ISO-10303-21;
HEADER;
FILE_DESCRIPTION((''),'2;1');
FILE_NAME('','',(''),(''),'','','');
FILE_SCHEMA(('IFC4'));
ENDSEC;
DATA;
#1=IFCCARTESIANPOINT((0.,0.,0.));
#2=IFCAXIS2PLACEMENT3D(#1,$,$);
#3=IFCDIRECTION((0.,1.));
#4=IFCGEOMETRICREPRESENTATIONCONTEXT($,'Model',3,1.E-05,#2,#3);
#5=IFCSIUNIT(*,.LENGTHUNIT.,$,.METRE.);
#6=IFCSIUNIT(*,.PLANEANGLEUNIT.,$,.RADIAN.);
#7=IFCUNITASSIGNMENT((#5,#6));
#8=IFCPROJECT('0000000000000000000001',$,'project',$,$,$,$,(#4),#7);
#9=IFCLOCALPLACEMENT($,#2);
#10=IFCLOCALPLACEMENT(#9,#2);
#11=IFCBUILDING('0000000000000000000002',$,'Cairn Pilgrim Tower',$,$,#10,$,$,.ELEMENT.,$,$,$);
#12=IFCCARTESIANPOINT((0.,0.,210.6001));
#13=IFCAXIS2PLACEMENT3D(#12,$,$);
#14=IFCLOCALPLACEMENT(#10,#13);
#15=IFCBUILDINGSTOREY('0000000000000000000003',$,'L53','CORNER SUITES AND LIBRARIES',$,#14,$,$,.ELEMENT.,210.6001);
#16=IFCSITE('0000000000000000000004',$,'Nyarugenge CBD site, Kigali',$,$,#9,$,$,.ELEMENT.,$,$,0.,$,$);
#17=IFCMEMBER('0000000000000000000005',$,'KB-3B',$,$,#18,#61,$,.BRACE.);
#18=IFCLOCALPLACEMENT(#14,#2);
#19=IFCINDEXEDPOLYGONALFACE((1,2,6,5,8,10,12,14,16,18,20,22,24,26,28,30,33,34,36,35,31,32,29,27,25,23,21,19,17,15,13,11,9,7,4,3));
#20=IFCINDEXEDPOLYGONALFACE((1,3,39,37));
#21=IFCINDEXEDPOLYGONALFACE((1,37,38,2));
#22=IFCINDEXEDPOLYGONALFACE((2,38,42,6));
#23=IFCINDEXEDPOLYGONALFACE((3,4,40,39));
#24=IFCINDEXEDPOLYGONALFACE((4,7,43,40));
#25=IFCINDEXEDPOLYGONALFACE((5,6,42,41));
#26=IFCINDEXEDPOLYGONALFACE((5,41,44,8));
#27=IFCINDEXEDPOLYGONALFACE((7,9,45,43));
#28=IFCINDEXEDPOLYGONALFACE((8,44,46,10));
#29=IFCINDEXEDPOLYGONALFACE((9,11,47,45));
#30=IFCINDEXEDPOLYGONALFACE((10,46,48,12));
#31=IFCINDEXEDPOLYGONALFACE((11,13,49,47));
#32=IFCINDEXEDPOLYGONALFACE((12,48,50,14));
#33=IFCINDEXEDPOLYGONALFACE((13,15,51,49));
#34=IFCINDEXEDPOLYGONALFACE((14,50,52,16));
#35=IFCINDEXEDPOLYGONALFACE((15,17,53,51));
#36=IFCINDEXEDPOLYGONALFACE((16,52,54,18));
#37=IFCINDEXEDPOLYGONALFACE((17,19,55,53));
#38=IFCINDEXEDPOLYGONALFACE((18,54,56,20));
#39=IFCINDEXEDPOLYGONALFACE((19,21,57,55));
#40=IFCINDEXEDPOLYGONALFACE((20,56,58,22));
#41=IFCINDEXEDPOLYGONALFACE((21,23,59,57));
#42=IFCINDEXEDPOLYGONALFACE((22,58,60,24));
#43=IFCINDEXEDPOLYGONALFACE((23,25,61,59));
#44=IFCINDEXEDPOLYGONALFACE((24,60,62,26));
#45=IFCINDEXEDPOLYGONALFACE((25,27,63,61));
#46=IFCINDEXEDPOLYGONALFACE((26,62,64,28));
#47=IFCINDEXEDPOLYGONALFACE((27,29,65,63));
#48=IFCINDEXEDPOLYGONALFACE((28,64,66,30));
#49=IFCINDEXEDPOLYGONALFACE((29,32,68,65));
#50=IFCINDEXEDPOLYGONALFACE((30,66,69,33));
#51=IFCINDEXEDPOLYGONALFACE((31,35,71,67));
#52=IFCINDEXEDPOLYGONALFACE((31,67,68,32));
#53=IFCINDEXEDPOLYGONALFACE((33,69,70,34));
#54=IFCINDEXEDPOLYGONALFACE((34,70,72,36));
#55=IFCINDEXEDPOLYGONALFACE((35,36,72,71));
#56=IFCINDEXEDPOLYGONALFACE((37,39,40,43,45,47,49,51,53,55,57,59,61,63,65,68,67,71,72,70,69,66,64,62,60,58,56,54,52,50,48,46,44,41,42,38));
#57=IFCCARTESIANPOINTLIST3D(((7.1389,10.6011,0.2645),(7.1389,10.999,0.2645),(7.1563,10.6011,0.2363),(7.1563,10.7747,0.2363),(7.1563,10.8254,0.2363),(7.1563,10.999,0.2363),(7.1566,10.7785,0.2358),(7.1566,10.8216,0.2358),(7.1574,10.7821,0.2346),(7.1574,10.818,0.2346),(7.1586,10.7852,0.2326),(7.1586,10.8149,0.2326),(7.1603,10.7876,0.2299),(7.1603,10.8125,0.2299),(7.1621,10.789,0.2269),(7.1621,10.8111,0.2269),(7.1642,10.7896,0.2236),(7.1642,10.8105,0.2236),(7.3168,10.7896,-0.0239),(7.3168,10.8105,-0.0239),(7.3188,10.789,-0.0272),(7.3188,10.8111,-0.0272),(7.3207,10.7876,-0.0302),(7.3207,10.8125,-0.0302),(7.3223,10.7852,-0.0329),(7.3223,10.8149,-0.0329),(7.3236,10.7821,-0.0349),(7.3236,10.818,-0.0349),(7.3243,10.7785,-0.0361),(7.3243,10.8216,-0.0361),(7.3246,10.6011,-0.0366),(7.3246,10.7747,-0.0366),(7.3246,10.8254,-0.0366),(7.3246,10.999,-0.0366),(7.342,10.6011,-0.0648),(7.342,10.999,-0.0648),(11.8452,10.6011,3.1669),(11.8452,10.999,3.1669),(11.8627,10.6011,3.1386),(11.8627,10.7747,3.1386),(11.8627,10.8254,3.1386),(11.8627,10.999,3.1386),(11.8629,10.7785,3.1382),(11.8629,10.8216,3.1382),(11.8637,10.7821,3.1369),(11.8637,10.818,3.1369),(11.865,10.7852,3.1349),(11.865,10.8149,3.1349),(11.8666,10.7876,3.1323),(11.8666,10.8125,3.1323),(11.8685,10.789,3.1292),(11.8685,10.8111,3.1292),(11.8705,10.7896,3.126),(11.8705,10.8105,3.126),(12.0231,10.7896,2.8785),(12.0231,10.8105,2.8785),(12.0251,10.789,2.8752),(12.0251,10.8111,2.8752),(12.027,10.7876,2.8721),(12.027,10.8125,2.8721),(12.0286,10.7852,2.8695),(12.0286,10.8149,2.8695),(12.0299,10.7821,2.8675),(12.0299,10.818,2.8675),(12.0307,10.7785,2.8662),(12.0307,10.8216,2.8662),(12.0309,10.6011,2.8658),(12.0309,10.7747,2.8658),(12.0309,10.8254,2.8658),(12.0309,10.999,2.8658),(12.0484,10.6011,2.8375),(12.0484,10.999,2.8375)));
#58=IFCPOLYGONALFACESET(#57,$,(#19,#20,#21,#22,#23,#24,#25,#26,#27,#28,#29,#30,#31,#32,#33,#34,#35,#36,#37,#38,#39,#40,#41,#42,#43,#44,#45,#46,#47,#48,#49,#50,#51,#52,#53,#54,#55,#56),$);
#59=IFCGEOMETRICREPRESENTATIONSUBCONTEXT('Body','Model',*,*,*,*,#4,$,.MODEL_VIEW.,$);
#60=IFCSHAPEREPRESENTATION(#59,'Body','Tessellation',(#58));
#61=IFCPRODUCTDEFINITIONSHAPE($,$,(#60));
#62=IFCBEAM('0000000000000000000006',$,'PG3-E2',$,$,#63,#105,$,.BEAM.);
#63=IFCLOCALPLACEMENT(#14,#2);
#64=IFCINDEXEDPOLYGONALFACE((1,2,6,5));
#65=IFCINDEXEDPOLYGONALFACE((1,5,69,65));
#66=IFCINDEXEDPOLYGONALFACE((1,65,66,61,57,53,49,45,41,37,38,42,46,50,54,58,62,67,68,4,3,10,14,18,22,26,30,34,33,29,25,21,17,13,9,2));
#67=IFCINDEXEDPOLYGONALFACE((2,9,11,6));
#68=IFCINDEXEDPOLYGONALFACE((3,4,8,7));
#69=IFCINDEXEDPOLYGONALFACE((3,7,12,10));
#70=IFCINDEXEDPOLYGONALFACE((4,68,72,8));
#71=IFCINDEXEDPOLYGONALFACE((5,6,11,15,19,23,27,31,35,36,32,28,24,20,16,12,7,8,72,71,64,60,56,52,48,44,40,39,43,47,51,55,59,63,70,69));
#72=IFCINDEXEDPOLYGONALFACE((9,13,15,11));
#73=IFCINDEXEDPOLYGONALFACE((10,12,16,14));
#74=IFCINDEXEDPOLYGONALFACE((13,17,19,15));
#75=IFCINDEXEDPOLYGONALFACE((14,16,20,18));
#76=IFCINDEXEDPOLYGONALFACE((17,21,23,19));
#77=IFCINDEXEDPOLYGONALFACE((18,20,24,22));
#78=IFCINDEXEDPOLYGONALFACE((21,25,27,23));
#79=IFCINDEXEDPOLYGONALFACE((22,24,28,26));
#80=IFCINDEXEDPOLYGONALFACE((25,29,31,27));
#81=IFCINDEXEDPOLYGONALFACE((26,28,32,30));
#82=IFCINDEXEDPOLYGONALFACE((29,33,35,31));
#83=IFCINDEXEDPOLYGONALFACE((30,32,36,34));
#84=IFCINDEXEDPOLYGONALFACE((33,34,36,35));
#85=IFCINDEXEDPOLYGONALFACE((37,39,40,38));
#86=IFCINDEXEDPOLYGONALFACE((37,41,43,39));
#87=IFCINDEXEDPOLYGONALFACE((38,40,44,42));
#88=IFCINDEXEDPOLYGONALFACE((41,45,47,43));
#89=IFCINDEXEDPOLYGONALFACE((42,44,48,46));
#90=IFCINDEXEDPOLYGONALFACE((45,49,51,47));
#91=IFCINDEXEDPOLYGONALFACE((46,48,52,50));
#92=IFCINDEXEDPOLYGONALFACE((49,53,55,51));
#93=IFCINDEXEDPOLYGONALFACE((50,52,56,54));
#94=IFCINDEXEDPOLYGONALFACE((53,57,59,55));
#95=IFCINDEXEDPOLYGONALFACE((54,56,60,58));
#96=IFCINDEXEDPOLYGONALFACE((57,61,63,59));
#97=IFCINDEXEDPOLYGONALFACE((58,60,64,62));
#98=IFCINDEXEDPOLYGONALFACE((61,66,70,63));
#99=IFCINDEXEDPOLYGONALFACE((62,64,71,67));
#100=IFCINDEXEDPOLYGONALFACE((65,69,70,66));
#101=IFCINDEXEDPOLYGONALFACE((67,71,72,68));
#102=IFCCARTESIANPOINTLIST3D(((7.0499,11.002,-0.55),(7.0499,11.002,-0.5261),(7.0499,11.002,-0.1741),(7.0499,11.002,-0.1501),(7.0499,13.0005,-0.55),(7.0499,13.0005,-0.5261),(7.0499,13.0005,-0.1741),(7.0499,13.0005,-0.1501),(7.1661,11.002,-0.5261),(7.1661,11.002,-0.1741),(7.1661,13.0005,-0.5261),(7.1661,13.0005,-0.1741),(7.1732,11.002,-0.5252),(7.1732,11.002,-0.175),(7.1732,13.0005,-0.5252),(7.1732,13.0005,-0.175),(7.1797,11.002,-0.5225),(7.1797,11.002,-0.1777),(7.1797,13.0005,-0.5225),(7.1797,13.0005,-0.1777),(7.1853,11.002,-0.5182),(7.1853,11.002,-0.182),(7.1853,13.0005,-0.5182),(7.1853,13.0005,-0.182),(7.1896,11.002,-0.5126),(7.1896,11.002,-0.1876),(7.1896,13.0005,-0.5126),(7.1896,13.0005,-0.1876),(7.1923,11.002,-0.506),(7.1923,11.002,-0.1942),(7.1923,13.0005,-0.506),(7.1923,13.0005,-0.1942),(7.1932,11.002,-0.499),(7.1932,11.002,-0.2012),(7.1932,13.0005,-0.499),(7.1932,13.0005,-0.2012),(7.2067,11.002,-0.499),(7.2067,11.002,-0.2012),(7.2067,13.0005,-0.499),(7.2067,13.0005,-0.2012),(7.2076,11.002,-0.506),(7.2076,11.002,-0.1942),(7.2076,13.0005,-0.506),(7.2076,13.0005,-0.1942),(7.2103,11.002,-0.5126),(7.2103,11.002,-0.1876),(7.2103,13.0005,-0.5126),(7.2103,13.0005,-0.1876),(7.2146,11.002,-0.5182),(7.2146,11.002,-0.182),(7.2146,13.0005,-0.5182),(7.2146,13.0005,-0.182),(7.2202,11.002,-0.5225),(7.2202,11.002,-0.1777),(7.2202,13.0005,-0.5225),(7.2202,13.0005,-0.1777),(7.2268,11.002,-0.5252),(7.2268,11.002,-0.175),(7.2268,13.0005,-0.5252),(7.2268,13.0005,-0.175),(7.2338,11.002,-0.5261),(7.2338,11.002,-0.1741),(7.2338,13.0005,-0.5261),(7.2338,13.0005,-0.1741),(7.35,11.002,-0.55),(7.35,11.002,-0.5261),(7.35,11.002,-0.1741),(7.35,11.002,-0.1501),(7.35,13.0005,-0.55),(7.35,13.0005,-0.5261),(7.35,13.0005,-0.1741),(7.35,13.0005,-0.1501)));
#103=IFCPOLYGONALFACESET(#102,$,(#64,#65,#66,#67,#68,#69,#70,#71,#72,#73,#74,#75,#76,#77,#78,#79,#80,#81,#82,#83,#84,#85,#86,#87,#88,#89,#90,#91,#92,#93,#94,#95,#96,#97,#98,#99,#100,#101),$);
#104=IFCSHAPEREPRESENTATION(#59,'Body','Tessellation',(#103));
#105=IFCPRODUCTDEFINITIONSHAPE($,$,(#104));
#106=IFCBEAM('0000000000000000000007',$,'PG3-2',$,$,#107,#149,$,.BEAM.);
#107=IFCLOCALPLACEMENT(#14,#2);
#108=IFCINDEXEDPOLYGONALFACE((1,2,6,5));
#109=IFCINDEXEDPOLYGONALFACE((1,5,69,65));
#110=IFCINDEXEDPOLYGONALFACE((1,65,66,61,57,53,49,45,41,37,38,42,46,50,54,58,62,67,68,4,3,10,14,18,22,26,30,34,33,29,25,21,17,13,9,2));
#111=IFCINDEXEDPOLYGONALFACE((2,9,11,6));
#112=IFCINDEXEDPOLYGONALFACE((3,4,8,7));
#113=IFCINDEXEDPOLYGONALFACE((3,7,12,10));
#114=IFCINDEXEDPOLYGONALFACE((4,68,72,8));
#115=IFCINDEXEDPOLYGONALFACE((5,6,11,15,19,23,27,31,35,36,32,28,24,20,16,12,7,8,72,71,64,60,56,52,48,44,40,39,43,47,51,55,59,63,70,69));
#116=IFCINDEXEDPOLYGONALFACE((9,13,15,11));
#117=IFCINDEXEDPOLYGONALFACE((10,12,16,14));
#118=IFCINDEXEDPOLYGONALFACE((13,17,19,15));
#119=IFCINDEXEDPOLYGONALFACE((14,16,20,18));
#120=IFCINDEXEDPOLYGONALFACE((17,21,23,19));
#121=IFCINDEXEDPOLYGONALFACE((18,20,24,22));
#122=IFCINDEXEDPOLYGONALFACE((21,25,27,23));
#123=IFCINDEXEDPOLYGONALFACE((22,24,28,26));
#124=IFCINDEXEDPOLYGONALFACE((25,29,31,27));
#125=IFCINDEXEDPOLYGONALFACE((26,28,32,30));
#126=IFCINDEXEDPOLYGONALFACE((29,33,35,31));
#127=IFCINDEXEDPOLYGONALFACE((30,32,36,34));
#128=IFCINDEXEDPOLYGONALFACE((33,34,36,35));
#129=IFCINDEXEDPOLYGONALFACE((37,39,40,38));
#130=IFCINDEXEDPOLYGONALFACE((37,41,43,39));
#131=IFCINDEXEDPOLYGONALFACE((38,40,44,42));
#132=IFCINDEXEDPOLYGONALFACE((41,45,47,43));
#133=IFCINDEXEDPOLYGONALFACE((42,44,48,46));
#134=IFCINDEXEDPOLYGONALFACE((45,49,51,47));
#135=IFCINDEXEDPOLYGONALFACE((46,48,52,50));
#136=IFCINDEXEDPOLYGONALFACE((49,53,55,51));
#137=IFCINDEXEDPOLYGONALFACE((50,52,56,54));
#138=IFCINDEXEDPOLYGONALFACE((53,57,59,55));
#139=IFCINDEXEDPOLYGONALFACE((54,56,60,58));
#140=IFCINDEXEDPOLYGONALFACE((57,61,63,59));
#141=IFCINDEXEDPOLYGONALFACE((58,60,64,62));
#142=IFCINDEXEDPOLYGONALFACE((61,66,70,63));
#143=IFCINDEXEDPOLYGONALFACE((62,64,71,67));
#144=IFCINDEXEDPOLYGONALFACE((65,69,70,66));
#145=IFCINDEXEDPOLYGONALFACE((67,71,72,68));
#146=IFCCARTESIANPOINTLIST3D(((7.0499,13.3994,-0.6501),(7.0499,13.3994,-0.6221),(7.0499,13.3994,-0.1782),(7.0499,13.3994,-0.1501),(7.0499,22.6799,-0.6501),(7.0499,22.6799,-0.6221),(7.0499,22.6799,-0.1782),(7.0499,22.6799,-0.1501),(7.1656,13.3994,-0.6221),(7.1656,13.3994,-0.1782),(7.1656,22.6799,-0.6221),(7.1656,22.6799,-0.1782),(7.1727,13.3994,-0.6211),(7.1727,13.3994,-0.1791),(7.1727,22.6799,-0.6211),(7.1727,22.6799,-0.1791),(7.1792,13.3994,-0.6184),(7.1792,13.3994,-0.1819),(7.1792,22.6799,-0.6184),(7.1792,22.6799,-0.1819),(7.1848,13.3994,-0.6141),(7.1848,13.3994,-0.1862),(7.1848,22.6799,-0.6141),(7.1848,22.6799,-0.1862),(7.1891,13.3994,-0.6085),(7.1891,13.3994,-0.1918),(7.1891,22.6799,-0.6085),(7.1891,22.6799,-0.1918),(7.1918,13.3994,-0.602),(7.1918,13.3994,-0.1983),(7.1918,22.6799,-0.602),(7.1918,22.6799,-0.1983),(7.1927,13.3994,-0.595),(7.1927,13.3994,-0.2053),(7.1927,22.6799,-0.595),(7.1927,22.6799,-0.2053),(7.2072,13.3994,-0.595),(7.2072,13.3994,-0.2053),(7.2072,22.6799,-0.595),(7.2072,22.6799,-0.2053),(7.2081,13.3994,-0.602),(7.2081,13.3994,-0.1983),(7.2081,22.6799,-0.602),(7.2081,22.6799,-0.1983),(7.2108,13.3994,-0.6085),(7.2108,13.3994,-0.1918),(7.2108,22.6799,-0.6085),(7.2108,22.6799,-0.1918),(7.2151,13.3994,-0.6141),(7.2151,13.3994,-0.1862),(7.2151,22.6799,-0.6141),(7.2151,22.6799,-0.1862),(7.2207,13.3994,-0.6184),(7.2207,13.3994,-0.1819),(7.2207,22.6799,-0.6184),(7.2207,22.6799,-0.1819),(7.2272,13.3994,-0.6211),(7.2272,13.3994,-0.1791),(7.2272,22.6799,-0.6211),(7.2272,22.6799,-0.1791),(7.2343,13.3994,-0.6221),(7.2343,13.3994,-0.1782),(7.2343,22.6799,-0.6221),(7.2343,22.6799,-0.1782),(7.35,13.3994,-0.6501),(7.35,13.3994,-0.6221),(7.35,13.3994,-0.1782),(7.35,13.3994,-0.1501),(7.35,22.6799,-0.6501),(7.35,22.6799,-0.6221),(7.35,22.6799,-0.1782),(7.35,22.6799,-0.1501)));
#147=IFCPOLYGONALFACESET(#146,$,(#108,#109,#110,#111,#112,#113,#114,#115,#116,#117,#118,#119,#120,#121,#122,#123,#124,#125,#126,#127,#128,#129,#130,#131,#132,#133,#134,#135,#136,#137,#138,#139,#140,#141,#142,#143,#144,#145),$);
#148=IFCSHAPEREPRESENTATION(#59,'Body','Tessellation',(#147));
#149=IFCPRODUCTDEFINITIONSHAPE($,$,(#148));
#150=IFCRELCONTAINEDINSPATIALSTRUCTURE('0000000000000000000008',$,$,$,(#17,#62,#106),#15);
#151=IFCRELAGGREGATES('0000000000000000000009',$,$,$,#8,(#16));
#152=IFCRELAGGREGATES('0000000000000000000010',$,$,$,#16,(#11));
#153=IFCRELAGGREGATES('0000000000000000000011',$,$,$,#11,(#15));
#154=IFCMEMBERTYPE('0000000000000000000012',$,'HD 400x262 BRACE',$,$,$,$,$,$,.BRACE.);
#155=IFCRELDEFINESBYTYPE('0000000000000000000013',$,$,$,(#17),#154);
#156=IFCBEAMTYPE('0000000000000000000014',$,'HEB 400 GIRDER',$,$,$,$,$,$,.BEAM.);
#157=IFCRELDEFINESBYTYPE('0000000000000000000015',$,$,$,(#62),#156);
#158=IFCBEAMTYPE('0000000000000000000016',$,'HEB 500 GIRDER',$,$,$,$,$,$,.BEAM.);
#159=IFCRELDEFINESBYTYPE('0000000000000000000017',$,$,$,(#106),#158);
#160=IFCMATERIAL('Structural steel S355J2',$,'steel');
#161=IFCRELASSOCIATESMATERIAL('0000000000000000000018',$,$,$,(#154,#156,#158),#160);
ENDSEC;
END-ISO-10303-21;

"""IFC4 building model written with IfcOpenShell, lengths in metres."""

from ifc_helpers import new_model, si_unit, direction, frame, origin, origin_2d, place, context, subcontext, project, spatial, i_section, extrude, material, material_profile, profile_set, type_object, element, save


model = new_model("IFC4")

# Units and contexts
model_context = context("Model", 3, precision=1e-05, world=origin(), true_north=direction((0.0, 1.0)))
body_context = subcontext(model_context, "Body", "Model", "MODEL_VIEW")
ifc_project = project(units=[si_unit("LENGTHUNIT", "METRE"), si_unit("PLANEANGLEUNIT", "RADIAN")], contexts=[model_context])

# Site, building, storey
site_placement = place(None, origin())
site = spatial("IfcSite", under=ifc_project, at=site_placement, Name="Nyarugenge CBD site, Kigali", CompositionType="ELEMENT", RefElevation=0.0)
building_placement = place(site_placement, origin())
building = spatial("IfcBuilding", under=site, at=building_placement, Name="Cairn Pilgrim Tower", CompositionType="ELEMENT")
storey_placement = place(building_placement, frame((0.0, 0.0, 210.6001)))
storey = spatial("IfcBuildingStorey", under=building, at=storey_placement, Name="L53", Description="CORNER SUITES AND LIBRARIES", CompositionType="ELEMENT", Elevation=210.6001)

# Shared definitions
ifc_material_1 = material(Name="Structural steel S355J2", Category="steel")

# Member
ifc_material_profile_1 = material_profile(ifc_material_1, i_section(OverallWidth=0.3979, OverallDepth=0.387, WebThickness=0.021, FlangeThickness=0.0332, FilletRadius=0.0149, at=origin_2d()), Name="HD 400x262")
ifc_profile_set_1 = profile_set([ifc_material_profile_1], Name="Structural steel S355J2")
member_type_1 = type_object("IfcMemberType", Name="HD 400x262 BRACE", PredefinedType="BRACE", material=ifc_profile_set_1)
member_1_placement = place(storey_placement, frame((7.2405, 10.8, 0.0999), z_axis=(0.851161, 0.0, 0.524905), x_axis=(0.0, 1.0, 0.0)))
element("IfcMember", 1, at=member_1_placement, inside=storey, type_object=member_type_1, Name="KB-3B", PredefinedType="BRACE", context=body_context, shape_type="SweptSolid", body=[
    extrude(i_section(OverallWidth=0.3979, OverallDepth=0.387, WebThickness=0.021, FlangeThickness=0.0332, FilletRadius=0.0149, at=origin_2d()), origin(), (0.0, 0.0, 1.0), 5.5293),
])

# Beams
ifc_material_profile_2 = material_profile(ifc_material_1, i_section(OverallWidth=0.3, OverallDepth=0.3999, WebThickness=0.0134, FlangeThickness=0.0239, FilletRadius=0.0271, at=origin_2d()), Name="HEB 400")
ifc_profile_set_2 = profile_set([ifc_material_profile_2], Name="Structural steel S355J2")
beam_type_1 = type_object("IfcBeamType", Name="HEB 400 GIRDER", PredefinedType="BEAM", material=ifc_profile_set_2)
beam_1_placement = place(storey_placement, frame((7.2, 11.002, -0.3501), z_axis=(0.0, 1.0, 0.0), x_axis=(-1.0, 0.0, 0.0)))
element("IfcBeam", 2, at=beam_1_placement, inside=storey, type_object=beam_type_1, Name="PG3-E2", PredefinedType="BEAM", context=body_context, shape_type="SweptSolid", body=[
    extrude(i_section(OverallWidth=0.3, OverallDepth=0.3999, WebThickness=0.0134, FlangeThickness=0.0239, FilletRadius=0.0271, at=origin_2d()), origin(), (0.0, 0.0, 1.0), 1.9985),
])
ifc_material_profile_3 = material_profile(ifc_material_1, i_section(OverallWidth=0.3, OverallDepth=0.5, WebThickness=0.0144, FlangeThickness=0.0281, FilletRadius=0.0271, at=origin_2d()), Name="HEB 500")
ifc_profile_set_3 = profile_set([ifc_material_profile_3], Name="Structural steel S355J2")
beam_type_2 = type_object("IfcBeamType", Name="HEB 500 GIRDER", PredefinedType="BEAM", material=ifc_profile_set_3)
beam_2_placement = place(storey_placement, frame((7.2, 13.3994, -0.4001), z_axis=(0.0, 1.0, 0.0), x_axis=(-1.0, 0.0, 0.0)))
element("IfcBeam", 3, at=beam_2_placement, inside=storey, type_object=beam_type_2, Name="PG3-2", PredefinedType="BEAM", context=body_context, shape_type="SweptSolid", body=[
    extrude(i_section(OverallWidth=0.3, OverallDepth=0.5, WebThickness=0.0144, FlangeThickness=0.0281, FilletRadius=0.0271, at=origin_2d()), origin(), (0.0, 0.0, 1.0), 9.2805),
])

save(model, "model.ifc")
